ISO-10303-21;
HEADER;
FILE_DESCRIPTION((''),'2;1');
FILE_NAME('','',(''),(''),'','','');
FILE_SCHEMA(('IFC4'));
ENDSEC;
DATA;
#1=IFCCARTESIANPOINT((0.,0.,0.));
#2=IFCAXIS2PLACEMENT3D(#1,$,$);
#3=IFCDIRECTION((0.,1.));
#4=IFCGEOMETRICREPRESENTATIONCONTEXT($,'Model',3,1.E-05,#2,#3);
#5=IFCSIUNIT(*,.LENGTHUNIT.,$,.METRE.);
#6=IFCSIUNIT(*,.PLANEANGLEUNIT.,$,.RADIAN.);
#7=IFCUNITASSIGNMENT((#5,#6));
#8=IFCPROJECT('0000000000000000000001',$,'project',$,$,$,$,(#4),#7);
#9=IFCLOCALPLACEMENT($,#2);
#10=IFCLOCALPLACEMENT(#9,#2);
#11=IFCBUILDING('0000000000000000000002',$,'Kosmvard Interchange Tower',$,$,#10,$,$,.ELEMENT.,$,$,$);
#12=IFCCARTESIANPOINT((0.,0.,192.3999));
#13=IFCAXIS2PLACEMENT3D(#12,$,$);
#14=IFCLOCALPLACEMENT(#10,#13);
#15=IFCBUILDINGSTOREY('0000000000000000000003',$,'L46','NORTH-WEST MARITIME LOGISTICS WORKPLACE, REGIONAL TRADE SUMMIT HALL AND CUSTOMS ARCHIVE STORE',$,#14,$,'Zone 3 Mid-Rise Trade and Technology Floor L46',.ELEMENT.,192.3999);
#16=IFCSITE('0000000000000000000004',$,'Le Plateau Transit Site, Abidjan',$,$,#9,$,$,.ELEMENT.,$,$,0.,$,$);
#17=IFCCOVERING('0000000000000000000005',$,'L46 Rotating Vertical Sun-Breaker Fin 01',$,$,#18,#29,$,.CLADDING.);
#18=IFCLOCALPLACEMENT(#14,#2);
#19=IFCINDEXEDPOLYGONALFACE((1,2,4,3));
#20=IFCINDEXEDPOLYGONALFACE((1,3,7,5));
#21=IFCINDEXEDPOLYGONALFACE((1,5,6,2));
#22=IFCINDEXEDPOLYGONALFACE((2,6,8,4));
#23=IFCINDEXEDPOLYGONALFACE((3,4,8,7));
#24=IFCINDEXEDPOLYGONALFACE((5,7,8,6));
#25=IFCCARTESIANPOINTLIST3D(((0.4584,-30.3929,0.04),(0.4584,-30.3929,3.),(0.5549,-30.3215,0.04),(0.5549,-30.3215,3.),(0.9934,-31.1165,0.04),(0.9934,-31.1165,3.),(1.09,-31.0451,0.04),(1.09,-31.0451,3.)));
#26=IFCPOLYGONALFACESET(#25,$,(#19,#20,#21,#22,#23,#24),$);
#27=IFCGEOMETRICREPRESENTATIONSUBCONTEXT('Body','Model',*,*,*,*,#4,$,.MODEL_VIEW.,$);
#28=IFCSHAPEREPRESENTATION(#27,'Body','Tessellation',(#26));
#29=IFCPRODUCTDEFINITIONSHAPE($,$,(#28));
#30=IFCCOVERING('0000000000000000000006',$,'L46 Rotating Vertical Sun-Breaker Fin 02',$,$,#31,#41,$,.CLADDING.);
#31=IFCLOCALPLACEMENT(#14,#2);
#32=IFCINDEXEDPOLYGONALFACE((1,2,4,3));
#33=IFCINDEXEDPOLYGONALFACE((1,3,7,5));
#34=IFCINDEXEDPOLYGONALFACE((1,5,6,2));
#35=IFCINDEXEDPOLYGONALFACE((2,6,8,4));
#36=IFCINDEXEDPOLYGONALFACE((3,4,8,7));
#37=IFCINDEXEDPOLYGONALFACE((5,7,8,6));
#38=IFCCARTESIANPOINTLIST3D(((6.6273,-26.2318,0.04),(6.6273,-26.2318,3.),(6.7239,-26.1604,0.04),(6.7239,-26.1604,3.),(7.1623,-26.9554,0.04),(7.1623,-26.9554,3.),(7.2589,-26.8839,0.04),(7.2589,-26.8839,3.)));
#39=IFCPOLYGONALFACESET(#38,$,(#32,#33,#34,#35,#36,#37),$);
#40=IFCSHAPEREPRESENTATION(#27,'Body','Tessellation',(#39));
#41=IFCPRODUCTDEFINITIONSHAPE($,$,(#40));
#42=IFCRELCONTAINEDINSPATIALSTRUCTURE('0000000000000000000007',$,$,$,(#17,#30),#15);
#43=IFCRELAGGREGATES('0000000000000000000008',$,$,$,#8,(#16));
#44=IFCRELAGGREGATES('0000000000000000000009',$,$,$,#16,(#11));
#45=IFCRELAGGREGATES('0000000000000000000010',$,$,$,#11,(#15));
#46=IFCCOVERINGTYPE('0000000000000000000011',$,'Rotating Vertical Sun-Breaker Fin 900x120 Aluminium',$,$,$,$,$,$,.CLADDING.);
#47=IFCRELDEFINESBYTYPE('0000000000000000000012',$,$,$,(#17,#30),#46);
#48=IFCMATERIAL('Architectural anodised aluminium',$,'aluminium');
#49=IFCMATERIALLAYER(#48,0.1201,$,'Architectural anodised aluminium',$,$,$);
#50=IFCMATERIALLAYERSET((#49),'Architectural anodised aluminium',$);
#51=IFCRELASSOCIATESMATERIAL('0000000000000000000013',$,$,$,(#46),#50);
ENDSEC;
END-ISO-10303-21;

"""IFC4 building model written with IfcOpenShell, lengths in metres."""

from ifc_helpers import new_model, si_unit, direction, frame, origin, origin_2d, place, context, subcontext, project, spatial, rectangle, extrude, source, transform, mapped, material, layer, layer_set, type_object, element, save


model = new_model("IFC4")

# Units and contexts
model_context = context("Model", 3, precision=1e-05, world=origin(), true_north=direction((0.0, 1.0)))
body_context = subcontext(model_context, "Body", "Model", "MODEL_VIEW")
ifc_project = project(units=[si_unit("LENGTHUNIT", "METRE"), si_unit("PLANEANGLEUNIT", "RADIAN")], contexts=[model_context])

# Site, building, storey
site_placement = place(None, origin())
site = spatial("IfcSite", under=ifc_project, at=site_placement, Name="Le Plateau Transit Site, Abidjan", CompositionType="ELEMENT", RefElevation=0.0)
building_placement = place(site_placement, origin())
building = spatial("IfcBuilding", under=site, at=building_placement, Name="Kosmvard Interchange Tower", CompositionType="ELEMENT")
storey_placement = place(building_placement, frame((0.0, 0.0, 192.3999)))
storey = spatial("IfcBuildingStorey", under=building, at=storey_placement, Name="L46", Description="NORTH-WEST MARITIME LOGISTICS WORKPLACE, REGIONAL TRADE SUMMIT HALL AND CUSTOMS ARCHIVE STORE", LongName="Zone 3 Mid-Rise Trade and Technology Floor L46", CompositionType="ELEMENT", Elevation=192.3999)

# Coverings
ifc_material_1 = material(Name="Architectural anodised aluminium", Category="aluminium")
ifc_layer_1 = layer(ifc_material_1, 0.1201, Name="Architectural anodised aluminium")
ifc_layer_set_1 = layer_set([ifc_layer_1], Name="Architectural anodised aluminium")
covering_type = type_object("IfcCoveringType", Name="Rotating Vertical Sun-Breaker Fin 900x120 Aluminium", PredefinedType="CLADDING", material=ifc_layer_set_1)
shared_shape_1 = source(origin(), body_context, "Body", "SweptSolid", [
    extrude(rectangle(XDim=0.8999, YDim=0.1201, at=origin_2d()), origin(), (0.0, 0.0, 1.0), 2.96),
])
for number, where, z_axis, x_axis, name in (
    (1, (0.7742, -30.719, 0.04), (0.0, 0.0, 1.0), (0.594542, -0.804064, 0.0), "L46 Rotating Vertical Sun-Breaker Fin 01"),
    (2, (6.9431, -26.5579, 0.04), (0.0, 0.0, 1.0), (0.594542, -0.804064, 0.0), "L46 Rotating Vertical Sun-Breaker Fin 02"),
):
    element("IfcCovering", number, at=place(storey_placement, frame(where, z_axis=z_axis, x_axis=x_axis)), inside=storey, type_object=covering_type, Name=name, PredefinedType="CLADDING", context=body_context, shape_type="MappedRepresentation", body=[
        mapped(shared_shape_1, transform((0.0, 0.0, 0.0), scale=1.0)),
    ])

save(model, "model.ifc")
